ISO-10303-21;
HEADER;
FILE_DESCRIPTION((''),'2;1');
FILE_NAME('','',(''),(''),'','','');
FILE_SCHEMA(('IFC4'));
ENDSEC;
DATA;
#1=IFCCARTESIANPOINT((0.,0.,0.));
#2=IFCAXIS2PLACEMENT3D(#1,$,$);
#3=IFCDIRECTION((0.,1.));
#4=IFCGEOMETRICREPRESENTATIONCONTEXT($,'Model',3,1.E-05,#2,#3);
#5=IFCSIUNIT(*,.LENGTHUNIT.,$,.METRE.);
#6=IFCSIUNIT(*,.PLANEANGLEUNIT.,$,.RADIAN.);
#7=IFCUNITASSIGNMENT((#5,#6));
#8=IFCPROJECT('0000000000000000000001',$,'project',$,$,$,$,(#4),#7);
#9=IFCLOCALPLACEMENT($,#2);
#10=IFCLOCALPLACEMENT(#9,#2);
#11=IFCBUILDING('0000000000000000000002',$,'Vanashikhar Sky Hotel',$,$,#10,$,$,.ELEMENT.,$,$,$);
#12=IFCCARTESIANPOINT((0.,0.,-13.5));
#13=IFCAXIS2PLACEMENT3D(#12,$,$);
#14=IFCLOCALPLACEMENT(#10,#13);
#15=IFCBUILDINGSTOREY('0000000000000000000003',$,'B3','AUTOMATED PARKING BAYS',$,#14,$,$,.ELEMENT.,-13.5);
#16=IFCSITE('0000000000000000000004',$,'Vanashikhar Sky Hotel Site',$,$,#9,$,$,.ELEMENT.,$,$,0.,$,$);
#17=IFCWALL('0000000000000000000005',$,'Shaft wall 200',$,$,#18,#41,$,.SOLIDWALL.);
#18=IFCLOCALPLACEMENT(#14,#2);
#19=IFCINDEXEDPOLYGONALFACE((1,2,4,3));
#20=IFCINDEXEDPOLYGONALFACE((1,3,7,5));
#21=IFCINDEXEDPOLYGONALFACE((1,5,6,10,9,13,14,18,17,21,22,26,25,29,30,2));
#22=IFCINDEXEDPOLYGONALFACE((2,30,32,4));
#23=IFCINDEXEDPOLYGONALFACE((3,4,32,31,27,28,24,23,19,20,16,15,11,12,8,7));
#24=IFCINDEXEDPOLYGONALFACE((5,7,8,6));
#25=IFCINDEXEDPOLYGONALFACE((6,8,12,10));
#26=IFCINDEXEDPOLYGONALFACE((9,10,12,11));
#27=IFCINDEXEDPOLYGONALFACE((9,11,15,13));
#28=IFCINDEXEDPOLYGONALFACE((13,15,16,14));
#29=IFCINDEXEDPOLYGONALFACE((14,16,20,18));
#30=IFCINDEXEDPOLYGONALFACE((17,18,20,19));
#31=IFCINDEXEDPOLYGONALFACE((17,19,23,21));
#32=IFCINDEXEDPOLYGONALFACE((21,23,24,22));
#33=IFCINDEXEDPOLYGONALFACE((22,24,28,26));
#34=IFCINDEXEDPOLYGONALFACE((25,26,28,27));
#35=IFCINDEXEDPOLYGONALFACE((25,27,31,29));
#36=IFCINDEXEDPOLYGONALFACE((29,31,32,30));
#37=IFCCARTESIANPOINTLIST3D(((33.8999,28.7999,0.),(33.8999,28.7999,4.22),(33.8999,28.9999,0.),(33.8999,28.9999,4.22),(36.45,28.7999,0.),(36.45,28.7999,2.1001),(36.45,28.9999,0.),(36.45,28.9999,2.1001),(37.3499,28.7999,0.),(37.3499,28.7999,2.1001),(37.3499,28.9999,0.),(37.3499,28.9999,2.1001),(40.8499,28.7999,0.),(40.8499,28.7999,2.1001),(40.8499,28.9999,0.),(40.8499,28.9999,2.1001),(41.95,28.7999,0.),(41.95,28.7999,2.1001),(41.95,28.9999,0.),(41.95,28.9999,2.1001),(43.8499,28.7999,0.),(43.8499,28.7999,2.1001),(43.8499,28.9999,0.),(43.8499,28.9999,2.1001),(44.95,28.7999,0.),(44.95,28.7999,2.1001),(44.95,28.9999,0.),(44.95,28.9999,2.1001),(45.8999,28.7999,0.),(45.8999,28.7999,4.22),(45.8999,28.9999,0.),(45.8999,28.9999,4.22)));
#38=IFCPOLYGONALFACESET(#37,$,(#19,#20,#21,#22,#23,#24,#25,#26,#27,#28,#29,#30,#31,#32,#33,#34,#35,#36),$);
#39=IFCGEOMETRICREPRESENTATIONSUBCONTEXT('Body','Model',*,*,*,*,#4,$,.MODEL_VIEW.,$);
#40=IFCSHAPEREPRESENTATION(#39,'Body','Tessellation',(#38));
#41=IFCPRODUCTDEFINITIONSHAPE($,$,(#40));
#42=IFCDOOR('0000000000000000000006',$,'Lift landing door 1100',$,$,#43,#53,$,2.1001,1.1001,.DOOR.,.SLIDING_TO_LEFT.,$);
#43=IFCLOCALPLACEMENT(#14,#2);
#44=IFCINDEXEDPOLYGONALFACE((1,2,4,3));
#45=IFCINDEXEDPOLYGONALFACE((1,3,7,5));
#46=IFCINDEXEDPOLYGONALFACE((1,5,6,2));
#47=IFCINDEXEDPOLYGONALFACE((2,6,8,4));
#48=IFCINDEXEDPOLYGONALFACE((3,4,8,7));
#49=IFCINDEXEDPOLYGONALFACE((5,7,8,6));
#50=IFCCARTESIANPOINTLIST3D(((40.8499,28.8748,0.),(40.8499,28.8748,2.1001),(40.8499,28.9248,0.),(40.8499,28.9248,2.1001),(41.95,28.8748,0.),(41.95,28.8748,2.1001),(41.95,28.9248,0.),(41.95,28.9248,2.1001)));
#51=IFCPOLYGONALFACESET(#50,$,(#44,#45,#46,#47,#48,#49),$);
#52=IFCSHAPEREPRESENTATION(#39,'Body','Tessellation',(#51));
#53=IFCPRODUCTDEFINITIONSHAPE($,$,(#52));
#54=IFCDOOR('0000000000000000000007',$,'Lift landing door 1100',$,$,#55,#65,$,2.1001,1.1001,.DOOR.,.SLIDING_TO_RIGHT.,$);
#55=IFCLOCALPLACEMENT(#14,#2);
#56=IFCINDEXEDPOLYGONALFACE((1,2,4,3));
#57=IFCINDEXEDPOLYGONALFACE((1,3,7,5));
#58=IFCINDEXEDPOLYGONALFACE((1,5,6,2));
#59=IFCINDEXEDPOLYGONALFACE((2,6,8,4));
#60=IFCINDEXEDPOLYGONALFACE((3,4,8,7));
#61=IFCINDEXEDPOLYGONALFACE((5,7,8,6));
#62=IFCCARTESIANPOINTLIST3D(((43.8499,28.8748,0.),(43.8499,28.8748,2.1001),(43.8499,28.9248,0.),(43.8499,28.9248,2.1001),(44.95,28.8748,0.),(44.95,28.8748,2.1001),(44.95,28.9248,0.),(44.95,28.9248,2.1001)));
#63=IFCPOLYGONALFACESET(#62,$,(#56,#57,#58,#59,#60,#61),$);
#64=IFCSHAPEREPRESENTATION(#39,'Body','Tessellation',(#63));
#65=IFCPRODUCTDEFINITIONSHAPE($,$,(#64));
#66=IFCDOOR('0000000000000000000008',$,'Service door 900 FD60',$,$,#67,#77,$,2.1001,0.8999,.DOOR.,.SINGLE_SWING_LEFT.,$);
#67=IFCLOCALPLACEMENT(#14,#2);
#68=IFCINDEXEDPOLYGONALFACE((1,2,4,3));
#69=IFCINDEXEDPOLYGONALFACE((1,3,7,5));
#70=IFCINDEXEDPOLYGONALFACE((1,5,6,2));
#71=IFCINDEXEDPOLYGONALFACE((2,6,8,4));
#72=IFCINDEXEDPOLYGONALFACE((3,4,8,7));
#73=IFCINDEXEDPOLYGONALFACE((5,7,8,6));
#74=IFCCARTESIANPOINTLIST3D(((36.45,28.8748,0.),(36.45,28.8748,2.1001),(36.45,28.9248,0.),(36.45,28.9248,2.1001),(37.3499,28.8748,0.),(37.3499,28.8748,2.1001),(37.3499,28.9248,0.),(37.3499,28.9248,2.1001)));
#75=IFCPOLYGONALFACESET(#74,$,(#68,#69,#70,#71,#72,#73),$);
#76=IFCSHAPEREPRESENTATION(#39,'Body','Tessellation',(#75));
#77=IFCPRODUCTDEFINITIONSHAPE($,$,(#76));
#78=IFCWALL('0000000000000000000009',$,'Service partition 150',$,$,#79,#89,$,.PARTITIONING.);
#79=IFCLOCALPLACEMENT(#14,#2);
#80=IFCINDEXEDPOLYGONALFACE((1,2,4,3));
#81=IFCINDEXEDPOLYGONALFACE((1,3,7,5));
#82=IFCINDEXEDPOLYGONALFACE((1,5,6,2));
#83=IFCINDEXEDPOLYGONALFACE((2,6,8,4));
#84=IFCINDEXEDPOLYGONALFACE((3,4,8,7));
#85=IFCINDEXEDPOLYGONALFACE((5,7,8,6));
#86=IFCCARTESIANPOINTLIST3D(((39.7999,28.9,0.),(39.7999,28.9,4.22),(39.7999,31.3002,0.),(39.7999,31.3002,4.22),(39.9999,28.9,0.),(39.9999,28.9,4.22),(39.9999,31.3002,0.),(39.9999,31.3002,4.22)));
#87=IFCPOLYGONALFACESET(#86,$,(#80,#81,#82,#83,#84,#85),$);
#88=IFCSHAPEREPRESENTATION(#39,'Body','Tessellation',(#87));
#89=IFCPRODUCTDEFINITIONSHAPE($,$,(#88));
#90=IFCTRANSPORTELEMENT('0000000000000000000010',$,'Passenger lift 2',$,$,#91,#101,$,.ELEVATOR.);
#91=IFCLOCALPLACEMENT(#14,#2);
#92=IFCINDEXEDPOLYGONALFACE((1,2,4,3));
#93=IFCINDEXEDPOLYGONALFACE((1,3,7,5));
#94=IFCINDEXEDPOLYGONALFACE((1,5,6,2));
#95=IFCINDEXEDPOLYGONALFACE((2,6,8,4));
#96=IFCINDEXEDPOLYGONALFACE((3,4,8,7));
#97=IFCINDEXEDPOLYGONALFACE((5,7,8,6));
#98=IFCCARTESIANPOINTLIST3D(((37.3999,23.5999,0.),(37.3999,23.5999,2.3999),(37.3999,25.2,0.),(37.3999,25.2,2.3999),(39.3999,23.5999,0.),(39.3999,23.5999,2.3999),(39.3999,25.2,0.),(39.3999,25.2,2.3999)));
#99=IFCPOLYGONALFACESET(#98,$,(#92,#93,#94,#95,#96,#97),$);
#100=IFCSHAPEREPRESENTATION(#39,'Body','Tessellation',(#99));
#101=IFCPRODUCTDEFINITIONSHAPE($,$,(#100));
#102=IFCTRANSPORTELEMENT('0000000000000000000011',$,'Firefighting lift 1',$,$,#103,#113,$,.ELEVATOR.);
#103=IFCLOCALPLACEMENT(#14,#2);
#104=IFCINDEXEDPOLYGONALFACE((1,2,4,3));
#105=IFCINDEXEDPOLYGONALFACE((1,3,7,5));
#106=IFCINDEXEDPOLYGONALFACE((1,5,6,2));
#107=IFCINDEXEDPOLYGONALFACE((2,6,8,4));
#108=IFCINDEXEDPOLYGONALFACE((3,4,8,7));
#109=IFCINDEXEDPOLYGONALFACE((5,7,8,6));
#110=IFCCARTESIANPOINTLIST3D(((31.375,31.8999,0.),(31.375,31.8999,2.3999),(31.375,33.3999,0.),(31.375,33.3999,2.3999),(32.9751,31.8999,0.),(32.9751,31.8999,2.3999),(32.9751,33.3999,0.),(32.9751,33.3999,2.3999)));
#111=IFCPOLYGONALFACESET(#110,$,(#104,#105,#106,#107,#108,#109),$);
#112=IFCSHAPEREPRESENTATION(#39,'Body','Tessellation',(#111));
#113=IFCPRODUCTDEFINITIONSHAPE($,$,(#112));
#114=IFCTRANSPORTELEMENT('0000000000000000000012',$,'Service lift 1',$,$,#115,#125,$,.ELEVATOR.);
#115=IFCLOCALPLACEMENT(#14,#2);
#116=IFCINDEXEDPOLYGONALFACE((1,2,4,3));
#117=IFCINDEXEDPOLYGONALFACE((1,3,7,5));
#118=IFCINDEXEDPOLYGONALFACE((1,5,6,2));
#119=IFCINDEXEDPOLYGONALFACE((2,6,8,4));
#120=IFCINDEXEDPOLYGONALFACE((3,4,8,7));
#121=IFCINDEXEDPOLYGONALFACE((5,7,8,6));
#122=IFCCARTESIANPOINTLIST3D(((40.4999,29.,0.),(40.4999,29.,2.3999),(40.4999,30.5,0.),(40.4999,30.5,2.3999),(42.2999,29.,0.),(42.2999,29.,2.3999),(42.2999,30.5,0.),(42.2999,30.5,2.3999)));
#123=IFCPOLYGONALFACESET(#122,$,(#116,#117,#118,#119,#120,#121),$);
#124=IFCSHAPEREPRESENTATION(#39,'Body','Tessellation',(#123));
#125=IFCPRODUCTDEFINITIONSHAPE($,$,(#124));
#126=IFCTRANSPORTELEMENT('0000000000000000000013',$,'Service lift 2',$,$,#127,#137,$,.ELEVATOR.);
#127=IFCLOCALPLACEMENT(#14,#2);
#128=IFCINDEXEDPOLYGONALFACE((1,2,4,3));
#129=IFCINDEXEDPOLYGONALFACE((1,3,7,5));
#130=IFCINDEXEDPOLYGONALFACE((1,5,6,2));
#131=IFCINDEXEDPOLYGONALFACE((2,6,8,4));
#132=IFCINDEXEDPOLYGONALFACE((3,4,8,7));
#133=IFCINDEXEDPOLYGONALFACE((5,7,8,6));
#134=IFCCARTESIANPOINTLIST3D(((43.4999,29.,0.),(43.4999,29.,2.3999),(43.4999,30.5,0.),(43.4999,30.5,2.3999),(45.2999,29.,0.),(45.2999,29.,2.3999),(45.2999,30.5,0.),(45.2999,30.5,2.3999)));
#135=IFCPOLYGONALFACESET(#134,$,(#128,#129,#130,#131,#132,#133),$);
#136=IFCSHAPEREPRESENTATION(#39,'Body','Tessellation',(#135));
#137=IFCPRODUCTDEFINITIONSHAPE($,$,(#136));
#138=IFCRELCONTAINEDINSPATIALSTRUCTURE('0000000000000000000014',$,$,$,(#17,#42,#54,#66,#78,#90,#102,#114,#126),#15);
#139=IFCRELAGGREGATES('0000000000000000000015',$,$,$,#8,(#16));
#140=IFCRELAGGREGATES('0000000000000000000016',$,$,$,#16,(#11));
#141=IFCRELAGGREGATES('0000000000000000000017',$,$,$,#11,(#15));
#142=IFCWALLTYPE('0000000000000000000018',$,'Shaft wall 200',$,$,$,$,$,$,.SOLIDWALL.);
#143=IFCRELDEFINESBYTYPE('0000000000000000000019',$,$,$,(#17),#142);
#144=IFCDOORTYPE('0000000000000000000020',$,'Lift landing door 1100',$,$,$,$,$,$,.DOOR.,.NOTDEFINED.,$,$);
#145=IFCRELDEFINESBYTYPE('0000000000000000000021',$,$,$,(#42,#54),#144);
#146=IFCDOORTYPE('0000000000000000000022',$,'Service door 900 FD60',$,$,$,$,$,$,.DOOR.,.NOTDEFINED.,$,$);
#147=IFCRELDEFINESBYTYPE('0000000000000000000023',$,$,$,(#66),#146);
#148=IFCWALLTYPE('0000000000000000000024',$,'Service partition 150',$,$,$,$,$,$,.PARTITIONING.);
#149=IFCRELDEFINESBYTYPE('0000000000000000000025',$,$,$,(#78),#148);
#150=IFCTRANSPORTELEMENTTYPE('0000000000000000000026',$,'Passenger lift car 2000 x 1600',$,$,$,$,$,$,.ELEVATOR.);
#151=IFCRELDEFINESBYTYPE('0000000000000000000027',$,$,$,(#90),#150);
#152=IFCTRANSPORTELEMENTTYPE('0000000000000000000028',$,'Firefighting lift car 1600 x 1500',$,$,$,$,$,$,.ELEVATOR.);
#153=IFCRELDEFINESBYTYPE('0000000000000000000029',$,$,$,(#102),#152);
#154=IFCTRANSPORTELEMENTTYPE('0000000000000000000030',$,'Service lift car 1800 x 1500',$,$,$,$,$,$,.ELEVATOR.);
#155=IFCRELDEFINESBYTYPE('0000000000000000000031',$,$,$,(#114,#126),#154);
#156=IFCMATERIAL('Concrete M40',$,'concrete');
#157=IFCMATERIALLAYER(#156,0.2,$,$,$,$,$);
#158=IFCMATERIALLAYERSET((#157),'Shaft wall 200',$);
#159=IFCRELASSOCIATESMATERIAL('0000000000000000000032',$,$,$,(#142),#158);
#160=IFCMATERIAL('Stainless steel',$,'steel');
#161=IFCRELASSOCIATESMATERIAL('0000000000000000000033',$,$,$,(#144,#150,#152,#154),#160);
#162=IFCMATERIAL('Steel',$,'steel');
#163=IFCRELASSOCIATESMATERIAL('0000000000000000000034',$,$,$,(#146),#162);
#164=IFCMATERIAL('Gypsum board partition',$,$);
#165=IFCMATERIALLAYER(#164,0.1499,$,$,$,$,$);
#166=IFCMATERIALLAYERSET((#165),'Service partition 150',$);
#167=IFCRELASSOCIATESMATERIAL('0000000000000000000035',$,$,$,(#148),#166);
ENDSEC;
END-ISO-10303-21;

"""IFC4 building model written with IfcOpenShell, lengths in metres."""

from ifc_helpers import new_model, si_unit, direction, frame, frame_2d, origin, origin_2d, place, context, subcontext, project, spatial, rectangle, extrude, source, transform, mapped, material, layer, layer_set, type_object, element, fill, save


model = new_model("IFC4")

# Units and contexts
model_context = context("Model", 3, precision=1e-05, world=origin(), true_north=direction((0.0, 1.0)))
body_context = subcontext(model_context, "Body", "Model", "MODEL_VIEW")
ifc_project = project(units=[si_unit("LENGTHUNIT", "METRE"), si_unit("PLANEANGLEUNIT", "RADIAN")], contexts=[model_context])

# Site, building, storey
site_placement = place(None, origin())
site = spatial("IfcSite", under=ifc_project, at=site_placement, Name="Vanashikhar Sky Hotel Site", CompositionType="ELEMENT", RefElevation=0.0)
building_placement = place(site_placement, origin())
building = spatial("IfcBuilding", under=site, at=building_placement, Name="Vanashikhar Sky Hotel", CompositionType="ELEMENT")
storey_placement = place(building_placement, frame((0.0, 0.0, -13.5)))
storey = spatial("IfcBuildingStorey", under=building, at=storey_placement, Name="B3", Description="AUTOMATED PARKING BAYS", CompositionType="ELEMENT", Elevation=-13.5)

# Shared definitions
ifc_material_1 = material(Name="Concrete M40", Category="concrete")

# Shared definitions
ifc_material_2 = material(Name="Steel", Category="steel")

# Wall, openings, doors
ifc_layer_1 = layer(ifc_material_1, 0.2)
ifc_layer_set_1 = layer_set([ifc_layer_1], Name="Shaft wall 200")
wall_type_1 = type_object("IfcWallType", Name="Shaft wall 200", PredefinedType="SOLIDWALL", material=ifc_layer_set_1)
shared_shape_1 = source(origin(), body_context, "Body", "SweptSolid", [
    extrude(rectangle(XDim=1.1001, YDim=2.1001, at=frame_2d((0.55, 1.05))), frame((0.0, 0.1099, 0.0), z_axis=(0.0, -1.0, 0.0), x_axis=(1.0, 0.0, 0.0)), (0.0, 0.0, 1.0), 0.22),
])
ifc_material_3 = material(Name="Stainless steel", Category="steel")
door_type_1 = type_object("IfcDoorType", Name="Lift landing door 1100", OperationType="NOTDEFINED", PredefinedType="DOOR", material=ifc_material_3)
shared_shape_2 = source(origin(), body_context, "Body", "SweptSolid", [
    extrude(rectangle(XDim=1.1001, YDim=2.1001, at=frame_2d((0.55, 1.05))), frame((0.0, 0.0249, 0.0), z_axis=(0.0, -1.0, 0.0), x_axis=(1.0, 0.0, 0.0)), (0.0, 0.0, 1.0), 0.05),
])
shared_shape_3 = source(origin(), body_context, "Body", "SweptSolid", [
    extrude(rectangle(XDim=12.0, YDim=0.2, at=frame_2d((6.0, 0.0))), origin(), (0.0, 0.0, 1.0), 4.22),
])
wall_1_placement = place(storey_placement, frame((33.8999, 28.8999, 0.0), z_axis=(0.0, 0.0, 1.0), x_axis=(1.0, 0.0, 0.0)))
wall_1 = element("IfcWall", 1, at=wall_1_placement, inside=storey, type_object=wall_type_1, Name="Shaft wall 200", PredefinedType="SOLIDWALL", context=body_context, shape_type="MappedRepresentation", body=[
    mapped(shared_shape_3, transform((0.0, 0.0, 0.0), scale=1.0)),
])
opening_1_placement = place(wall_1_placement, frame((6.95, 0.0, 0.0)))
opening_1 = element("IfcOpeningElement", 2, at=opening_1_placement, cuts=wall_1, PredefinedType="OPENING", context=body_context, shape_type="MappedRepresentation", body=[
    mapped(shared_shape_1, transform((0.0, 0.0, 0.0), scale=1.0)),
])
opening_2_placement = place(wall_1_placement, frame((9.95, 0.0, 0.0)))
opening_2 = element("IfcOpeningElement", 3, at=opening_2_placement, cuts=wall_1, PredefinedType="OPENING", context=body_context, shape_type="MappedRepresentation", body=[
    mapped(shared_shape_1, transform((0.0, 0.0, 0.0), scale=1.0)),
])
shared_shape_4 = source(origin(), body_context, "Body", "SweptSolid", [
    extrude(rectangle(XDim=0.8999, YDim=2.1001, at=frame_2d((0.45, 1.05))), frame((0.0, 0.1099, 0.0), z_axis=(0.0, -1.0, 0.0), x_axis=(1.0, 0.0, 0.0)), (0.0, 0.0, 1.0), 0.22),
])
opening_3_placement = place(wall_1_placement, frame((2.55, 0.0, 0.0)))
opening_3 = element("IfcOpeningElement", 4, at=opening_3_placement, cuts=wall_1, PredefinedType="OPENING", context=body_context, shape_type="MappedRepresentation", body=[
    mapped(shared_shape_4, transform((0.0, 0.0, 0.0), scale=1.0)),
])
door_1_placement = place(opening_1_placement, origin())
door_1 = element("IfcDoor", 5, at=door_1_placement, inside=storey, type_object=door_type_1, Name="Lift landing door 1100", OperationType="SLIDING_TO_LEFT", OverallHeight=2.1001, OverallWidth=1.1001, PredefinedType="DOOR", context=body_context, shape_type="MappedRepresentation", body=[
    mapped(shared_shape_2, transform((0.0, 0.0, 0.0), scale=1.0)),
])
fill(opening_1, door_1)
door_2_placement = place(opening_2_placement, origin())
door_2 = element("IfcDoor", 6, at=door_2_placement, inside=storey, type_object=door_type_1, Name="Lift landing door 1100", OperationType="SLIDING_TO_RIGHT", OverallHeight=2.1001, OverallWidth=1.1001, PredefinedType="DOOR", context=body_context, shape_type="MappedRepresentation", body=[
    mapped(shared_shape_2, transform((0.0, 0.0, 0.0), scale=1.0)),
])
fill(opening_2, door_2)
door_type_2 = type_object("IfcDoorType", Name="Service door 900 FD60", OperationType="NOTDEFINED", PredefinedType="DOOR", material=ifc_material_2)
shared_shape_5 = source(origin(), body_context, "Body", "SweptSolid", [
    extrude(rectangle(XDim=0.8999, YDim=2.1001, at=frame_2d((0.45, 1.05))), frame((0.0, 0.0249, 0.0), z_axis=(0.0, -1.0, 0.0), x_axis=(1.0, 0.0, 0.0)), (0.0, 0.0, 1.0), 0.05),
])
door_3_placement = place(opening_3_placement, origin())
door_3 = element("IfcDoor", 7, at=door_3_placement, inside=storey, type_object=door_type_2, Name="Service door 900 FD60", OperationType="SINGLE_SWING_LEFT", OverallHeight=2.1001, OverallWidth=0.8999, PredefinedType="DOOR", context=body_context, shape_type="MappedRepresentation", body=[
    mapped(shared_shape_5, transform((0.0, 0.0, 0.0), scale=1.0)),
])
fill(opening_3, door_3)

# Wall
ifc_material_4 = material(Name="Gypsum board partition")
ifc_layer_2 = layer(ifc_material_4, 0.1499)
ifc_layer_set_2 = layer_set([ifc_layer_2], Name="Service partition 150")
wall_type_2 = type_object("IfcWallType", Name="Service partition 150", PredefinedType="PARTITIONING", material=ifc_layer_set_2)
shared_shape_6 = source(origin(), body_context, "Body", "SweptSolid", [
    extrude(rectangle(XDim=2.4001, YDim=0.2, at=frame_2d((1.2002, 0.0))), origin(), (0.0, 0.0, 1.0), 4.22),
])
wall_2_placement = place(storey_placement, frame((39.8999, 28.8999, 0.0), z_axis=(0.0, 0.0, 1.0), x_axis=(0.0, 1.0, 0.0)))
element("IfcWall", 8, at=wall_2_placement, inside=storey, type_object=wall_type_2, Name="Service partition 150", PredefinedType="PARTITIONING", context=body_context, shape_type="MappedRepresentation", body=[
    mapped(shared_shape_6, transform((0.0, 0.0, 0.0), scale=1.0)),
])

# Transport elements
transport_element_type_1 = type_object("IfcTransportElementType", Name="Passenger lift car 2000 x 1600", PredefinedType="ELEVATOR", material=ifc_material_3)
shared_shape_7 = source(origin(), body_context, "Body", "SweptSolid", [
    extrude(rectangle(XDim=2.0, YDim=1.6001, at=origin_2d()), origin(), (0.0, 0.0, 1.0), 2.3999),
])
transport_element_1_placement = place(storey_placement, frame((38.3999, 24.3999, 0.0), z_axis=(0.0, 0.0, 1.0), x_axis=(1.0, 0.0, 0.0)))
element("IfcTransportElement", 9, at=transport_element_1_placement, inside=storey, type_object=transport_element_type_1, Name="Passenger lift 2", PredefinedType="ELEVATOR", context=body_context, shape_type="MappedRepresentation", body=[
    mapped(shared_shape_7, transform((0.0, 0.0, 0.0), scale=1.0)),
])
transport_element_type_2 = type_object("IfcTransportElementType", Name="Firefighting lift car 1600 x 1500", PredefinedType="ELEVATOR", material=ifc_material_3)
shared_shape_8 = source(origin(), body_context, "Body", "SweptSolid", [
    extrude(rectangle(XDim=1.6001, YDim=1.5, at=origin_2d()), origin(), (0.0, 0.0, 1.0), 2.3999),
])
transport_element_2_placement = place(storey_placement, frame((32.175, 32.6499, 0.0), z_axis=(0.0, 0.0, 1.0), x_axis=(1.0, 0.0, 0.0)))
element("IfcTransportElement", 10, at=transport_element_2_placement, inside=storey, type_object=transport_element_type_2, Name="Firefighting lift 1", PredefinedType="ELEVATOR", context=body_context, shape_type="MappedRepresentation", body=[
    mapped(shared_shape_8, transform((0.0, 0.0, 0.0), scale=1.0)),
])
transport_element_type_3 = type_object("IfcTransportElementType", Name="Service lift car 1800 x 1500", PredefinedType="ELEVATOR", material=ifc_material_3)
shared_shape_9 = source(origin(), body_context, "Body", "SweptSolid", [
    extrude(rectangle(XDim=1.8, YDim=1.5, at=origin_2d()), origin(), (0.0, 0.0, 1.0), 2.3999),
])
for number, where, z_axis, x_axis, name in (
    (11, (41.3999, 29.75, 0.0), (0.0, 0.0, 1.0), (1.0, 0.0, 0.0), "Service lift 1"),
    (12, (44.3999, 29.75, 0.0), (0.0, 0.0, 1.0), (1.0, 0.0, 0.0), "Service lift 2"),
):
    element("IfcTransportElement", number, at=place(storey_placement, frame(where, z_axis=z_axis, x_axis=x_axis)), inside=storey, type_object=transport_element_type_3, Name=name, PredefinedType="ELEVATOR", context=body_context, shape_type="MappedRepresentation", body=[
        mapped(shared_shape_9, transform((0.0, 0.0, 0.0), scale=1.0)),
    ])

save(model, "model.ifc")
